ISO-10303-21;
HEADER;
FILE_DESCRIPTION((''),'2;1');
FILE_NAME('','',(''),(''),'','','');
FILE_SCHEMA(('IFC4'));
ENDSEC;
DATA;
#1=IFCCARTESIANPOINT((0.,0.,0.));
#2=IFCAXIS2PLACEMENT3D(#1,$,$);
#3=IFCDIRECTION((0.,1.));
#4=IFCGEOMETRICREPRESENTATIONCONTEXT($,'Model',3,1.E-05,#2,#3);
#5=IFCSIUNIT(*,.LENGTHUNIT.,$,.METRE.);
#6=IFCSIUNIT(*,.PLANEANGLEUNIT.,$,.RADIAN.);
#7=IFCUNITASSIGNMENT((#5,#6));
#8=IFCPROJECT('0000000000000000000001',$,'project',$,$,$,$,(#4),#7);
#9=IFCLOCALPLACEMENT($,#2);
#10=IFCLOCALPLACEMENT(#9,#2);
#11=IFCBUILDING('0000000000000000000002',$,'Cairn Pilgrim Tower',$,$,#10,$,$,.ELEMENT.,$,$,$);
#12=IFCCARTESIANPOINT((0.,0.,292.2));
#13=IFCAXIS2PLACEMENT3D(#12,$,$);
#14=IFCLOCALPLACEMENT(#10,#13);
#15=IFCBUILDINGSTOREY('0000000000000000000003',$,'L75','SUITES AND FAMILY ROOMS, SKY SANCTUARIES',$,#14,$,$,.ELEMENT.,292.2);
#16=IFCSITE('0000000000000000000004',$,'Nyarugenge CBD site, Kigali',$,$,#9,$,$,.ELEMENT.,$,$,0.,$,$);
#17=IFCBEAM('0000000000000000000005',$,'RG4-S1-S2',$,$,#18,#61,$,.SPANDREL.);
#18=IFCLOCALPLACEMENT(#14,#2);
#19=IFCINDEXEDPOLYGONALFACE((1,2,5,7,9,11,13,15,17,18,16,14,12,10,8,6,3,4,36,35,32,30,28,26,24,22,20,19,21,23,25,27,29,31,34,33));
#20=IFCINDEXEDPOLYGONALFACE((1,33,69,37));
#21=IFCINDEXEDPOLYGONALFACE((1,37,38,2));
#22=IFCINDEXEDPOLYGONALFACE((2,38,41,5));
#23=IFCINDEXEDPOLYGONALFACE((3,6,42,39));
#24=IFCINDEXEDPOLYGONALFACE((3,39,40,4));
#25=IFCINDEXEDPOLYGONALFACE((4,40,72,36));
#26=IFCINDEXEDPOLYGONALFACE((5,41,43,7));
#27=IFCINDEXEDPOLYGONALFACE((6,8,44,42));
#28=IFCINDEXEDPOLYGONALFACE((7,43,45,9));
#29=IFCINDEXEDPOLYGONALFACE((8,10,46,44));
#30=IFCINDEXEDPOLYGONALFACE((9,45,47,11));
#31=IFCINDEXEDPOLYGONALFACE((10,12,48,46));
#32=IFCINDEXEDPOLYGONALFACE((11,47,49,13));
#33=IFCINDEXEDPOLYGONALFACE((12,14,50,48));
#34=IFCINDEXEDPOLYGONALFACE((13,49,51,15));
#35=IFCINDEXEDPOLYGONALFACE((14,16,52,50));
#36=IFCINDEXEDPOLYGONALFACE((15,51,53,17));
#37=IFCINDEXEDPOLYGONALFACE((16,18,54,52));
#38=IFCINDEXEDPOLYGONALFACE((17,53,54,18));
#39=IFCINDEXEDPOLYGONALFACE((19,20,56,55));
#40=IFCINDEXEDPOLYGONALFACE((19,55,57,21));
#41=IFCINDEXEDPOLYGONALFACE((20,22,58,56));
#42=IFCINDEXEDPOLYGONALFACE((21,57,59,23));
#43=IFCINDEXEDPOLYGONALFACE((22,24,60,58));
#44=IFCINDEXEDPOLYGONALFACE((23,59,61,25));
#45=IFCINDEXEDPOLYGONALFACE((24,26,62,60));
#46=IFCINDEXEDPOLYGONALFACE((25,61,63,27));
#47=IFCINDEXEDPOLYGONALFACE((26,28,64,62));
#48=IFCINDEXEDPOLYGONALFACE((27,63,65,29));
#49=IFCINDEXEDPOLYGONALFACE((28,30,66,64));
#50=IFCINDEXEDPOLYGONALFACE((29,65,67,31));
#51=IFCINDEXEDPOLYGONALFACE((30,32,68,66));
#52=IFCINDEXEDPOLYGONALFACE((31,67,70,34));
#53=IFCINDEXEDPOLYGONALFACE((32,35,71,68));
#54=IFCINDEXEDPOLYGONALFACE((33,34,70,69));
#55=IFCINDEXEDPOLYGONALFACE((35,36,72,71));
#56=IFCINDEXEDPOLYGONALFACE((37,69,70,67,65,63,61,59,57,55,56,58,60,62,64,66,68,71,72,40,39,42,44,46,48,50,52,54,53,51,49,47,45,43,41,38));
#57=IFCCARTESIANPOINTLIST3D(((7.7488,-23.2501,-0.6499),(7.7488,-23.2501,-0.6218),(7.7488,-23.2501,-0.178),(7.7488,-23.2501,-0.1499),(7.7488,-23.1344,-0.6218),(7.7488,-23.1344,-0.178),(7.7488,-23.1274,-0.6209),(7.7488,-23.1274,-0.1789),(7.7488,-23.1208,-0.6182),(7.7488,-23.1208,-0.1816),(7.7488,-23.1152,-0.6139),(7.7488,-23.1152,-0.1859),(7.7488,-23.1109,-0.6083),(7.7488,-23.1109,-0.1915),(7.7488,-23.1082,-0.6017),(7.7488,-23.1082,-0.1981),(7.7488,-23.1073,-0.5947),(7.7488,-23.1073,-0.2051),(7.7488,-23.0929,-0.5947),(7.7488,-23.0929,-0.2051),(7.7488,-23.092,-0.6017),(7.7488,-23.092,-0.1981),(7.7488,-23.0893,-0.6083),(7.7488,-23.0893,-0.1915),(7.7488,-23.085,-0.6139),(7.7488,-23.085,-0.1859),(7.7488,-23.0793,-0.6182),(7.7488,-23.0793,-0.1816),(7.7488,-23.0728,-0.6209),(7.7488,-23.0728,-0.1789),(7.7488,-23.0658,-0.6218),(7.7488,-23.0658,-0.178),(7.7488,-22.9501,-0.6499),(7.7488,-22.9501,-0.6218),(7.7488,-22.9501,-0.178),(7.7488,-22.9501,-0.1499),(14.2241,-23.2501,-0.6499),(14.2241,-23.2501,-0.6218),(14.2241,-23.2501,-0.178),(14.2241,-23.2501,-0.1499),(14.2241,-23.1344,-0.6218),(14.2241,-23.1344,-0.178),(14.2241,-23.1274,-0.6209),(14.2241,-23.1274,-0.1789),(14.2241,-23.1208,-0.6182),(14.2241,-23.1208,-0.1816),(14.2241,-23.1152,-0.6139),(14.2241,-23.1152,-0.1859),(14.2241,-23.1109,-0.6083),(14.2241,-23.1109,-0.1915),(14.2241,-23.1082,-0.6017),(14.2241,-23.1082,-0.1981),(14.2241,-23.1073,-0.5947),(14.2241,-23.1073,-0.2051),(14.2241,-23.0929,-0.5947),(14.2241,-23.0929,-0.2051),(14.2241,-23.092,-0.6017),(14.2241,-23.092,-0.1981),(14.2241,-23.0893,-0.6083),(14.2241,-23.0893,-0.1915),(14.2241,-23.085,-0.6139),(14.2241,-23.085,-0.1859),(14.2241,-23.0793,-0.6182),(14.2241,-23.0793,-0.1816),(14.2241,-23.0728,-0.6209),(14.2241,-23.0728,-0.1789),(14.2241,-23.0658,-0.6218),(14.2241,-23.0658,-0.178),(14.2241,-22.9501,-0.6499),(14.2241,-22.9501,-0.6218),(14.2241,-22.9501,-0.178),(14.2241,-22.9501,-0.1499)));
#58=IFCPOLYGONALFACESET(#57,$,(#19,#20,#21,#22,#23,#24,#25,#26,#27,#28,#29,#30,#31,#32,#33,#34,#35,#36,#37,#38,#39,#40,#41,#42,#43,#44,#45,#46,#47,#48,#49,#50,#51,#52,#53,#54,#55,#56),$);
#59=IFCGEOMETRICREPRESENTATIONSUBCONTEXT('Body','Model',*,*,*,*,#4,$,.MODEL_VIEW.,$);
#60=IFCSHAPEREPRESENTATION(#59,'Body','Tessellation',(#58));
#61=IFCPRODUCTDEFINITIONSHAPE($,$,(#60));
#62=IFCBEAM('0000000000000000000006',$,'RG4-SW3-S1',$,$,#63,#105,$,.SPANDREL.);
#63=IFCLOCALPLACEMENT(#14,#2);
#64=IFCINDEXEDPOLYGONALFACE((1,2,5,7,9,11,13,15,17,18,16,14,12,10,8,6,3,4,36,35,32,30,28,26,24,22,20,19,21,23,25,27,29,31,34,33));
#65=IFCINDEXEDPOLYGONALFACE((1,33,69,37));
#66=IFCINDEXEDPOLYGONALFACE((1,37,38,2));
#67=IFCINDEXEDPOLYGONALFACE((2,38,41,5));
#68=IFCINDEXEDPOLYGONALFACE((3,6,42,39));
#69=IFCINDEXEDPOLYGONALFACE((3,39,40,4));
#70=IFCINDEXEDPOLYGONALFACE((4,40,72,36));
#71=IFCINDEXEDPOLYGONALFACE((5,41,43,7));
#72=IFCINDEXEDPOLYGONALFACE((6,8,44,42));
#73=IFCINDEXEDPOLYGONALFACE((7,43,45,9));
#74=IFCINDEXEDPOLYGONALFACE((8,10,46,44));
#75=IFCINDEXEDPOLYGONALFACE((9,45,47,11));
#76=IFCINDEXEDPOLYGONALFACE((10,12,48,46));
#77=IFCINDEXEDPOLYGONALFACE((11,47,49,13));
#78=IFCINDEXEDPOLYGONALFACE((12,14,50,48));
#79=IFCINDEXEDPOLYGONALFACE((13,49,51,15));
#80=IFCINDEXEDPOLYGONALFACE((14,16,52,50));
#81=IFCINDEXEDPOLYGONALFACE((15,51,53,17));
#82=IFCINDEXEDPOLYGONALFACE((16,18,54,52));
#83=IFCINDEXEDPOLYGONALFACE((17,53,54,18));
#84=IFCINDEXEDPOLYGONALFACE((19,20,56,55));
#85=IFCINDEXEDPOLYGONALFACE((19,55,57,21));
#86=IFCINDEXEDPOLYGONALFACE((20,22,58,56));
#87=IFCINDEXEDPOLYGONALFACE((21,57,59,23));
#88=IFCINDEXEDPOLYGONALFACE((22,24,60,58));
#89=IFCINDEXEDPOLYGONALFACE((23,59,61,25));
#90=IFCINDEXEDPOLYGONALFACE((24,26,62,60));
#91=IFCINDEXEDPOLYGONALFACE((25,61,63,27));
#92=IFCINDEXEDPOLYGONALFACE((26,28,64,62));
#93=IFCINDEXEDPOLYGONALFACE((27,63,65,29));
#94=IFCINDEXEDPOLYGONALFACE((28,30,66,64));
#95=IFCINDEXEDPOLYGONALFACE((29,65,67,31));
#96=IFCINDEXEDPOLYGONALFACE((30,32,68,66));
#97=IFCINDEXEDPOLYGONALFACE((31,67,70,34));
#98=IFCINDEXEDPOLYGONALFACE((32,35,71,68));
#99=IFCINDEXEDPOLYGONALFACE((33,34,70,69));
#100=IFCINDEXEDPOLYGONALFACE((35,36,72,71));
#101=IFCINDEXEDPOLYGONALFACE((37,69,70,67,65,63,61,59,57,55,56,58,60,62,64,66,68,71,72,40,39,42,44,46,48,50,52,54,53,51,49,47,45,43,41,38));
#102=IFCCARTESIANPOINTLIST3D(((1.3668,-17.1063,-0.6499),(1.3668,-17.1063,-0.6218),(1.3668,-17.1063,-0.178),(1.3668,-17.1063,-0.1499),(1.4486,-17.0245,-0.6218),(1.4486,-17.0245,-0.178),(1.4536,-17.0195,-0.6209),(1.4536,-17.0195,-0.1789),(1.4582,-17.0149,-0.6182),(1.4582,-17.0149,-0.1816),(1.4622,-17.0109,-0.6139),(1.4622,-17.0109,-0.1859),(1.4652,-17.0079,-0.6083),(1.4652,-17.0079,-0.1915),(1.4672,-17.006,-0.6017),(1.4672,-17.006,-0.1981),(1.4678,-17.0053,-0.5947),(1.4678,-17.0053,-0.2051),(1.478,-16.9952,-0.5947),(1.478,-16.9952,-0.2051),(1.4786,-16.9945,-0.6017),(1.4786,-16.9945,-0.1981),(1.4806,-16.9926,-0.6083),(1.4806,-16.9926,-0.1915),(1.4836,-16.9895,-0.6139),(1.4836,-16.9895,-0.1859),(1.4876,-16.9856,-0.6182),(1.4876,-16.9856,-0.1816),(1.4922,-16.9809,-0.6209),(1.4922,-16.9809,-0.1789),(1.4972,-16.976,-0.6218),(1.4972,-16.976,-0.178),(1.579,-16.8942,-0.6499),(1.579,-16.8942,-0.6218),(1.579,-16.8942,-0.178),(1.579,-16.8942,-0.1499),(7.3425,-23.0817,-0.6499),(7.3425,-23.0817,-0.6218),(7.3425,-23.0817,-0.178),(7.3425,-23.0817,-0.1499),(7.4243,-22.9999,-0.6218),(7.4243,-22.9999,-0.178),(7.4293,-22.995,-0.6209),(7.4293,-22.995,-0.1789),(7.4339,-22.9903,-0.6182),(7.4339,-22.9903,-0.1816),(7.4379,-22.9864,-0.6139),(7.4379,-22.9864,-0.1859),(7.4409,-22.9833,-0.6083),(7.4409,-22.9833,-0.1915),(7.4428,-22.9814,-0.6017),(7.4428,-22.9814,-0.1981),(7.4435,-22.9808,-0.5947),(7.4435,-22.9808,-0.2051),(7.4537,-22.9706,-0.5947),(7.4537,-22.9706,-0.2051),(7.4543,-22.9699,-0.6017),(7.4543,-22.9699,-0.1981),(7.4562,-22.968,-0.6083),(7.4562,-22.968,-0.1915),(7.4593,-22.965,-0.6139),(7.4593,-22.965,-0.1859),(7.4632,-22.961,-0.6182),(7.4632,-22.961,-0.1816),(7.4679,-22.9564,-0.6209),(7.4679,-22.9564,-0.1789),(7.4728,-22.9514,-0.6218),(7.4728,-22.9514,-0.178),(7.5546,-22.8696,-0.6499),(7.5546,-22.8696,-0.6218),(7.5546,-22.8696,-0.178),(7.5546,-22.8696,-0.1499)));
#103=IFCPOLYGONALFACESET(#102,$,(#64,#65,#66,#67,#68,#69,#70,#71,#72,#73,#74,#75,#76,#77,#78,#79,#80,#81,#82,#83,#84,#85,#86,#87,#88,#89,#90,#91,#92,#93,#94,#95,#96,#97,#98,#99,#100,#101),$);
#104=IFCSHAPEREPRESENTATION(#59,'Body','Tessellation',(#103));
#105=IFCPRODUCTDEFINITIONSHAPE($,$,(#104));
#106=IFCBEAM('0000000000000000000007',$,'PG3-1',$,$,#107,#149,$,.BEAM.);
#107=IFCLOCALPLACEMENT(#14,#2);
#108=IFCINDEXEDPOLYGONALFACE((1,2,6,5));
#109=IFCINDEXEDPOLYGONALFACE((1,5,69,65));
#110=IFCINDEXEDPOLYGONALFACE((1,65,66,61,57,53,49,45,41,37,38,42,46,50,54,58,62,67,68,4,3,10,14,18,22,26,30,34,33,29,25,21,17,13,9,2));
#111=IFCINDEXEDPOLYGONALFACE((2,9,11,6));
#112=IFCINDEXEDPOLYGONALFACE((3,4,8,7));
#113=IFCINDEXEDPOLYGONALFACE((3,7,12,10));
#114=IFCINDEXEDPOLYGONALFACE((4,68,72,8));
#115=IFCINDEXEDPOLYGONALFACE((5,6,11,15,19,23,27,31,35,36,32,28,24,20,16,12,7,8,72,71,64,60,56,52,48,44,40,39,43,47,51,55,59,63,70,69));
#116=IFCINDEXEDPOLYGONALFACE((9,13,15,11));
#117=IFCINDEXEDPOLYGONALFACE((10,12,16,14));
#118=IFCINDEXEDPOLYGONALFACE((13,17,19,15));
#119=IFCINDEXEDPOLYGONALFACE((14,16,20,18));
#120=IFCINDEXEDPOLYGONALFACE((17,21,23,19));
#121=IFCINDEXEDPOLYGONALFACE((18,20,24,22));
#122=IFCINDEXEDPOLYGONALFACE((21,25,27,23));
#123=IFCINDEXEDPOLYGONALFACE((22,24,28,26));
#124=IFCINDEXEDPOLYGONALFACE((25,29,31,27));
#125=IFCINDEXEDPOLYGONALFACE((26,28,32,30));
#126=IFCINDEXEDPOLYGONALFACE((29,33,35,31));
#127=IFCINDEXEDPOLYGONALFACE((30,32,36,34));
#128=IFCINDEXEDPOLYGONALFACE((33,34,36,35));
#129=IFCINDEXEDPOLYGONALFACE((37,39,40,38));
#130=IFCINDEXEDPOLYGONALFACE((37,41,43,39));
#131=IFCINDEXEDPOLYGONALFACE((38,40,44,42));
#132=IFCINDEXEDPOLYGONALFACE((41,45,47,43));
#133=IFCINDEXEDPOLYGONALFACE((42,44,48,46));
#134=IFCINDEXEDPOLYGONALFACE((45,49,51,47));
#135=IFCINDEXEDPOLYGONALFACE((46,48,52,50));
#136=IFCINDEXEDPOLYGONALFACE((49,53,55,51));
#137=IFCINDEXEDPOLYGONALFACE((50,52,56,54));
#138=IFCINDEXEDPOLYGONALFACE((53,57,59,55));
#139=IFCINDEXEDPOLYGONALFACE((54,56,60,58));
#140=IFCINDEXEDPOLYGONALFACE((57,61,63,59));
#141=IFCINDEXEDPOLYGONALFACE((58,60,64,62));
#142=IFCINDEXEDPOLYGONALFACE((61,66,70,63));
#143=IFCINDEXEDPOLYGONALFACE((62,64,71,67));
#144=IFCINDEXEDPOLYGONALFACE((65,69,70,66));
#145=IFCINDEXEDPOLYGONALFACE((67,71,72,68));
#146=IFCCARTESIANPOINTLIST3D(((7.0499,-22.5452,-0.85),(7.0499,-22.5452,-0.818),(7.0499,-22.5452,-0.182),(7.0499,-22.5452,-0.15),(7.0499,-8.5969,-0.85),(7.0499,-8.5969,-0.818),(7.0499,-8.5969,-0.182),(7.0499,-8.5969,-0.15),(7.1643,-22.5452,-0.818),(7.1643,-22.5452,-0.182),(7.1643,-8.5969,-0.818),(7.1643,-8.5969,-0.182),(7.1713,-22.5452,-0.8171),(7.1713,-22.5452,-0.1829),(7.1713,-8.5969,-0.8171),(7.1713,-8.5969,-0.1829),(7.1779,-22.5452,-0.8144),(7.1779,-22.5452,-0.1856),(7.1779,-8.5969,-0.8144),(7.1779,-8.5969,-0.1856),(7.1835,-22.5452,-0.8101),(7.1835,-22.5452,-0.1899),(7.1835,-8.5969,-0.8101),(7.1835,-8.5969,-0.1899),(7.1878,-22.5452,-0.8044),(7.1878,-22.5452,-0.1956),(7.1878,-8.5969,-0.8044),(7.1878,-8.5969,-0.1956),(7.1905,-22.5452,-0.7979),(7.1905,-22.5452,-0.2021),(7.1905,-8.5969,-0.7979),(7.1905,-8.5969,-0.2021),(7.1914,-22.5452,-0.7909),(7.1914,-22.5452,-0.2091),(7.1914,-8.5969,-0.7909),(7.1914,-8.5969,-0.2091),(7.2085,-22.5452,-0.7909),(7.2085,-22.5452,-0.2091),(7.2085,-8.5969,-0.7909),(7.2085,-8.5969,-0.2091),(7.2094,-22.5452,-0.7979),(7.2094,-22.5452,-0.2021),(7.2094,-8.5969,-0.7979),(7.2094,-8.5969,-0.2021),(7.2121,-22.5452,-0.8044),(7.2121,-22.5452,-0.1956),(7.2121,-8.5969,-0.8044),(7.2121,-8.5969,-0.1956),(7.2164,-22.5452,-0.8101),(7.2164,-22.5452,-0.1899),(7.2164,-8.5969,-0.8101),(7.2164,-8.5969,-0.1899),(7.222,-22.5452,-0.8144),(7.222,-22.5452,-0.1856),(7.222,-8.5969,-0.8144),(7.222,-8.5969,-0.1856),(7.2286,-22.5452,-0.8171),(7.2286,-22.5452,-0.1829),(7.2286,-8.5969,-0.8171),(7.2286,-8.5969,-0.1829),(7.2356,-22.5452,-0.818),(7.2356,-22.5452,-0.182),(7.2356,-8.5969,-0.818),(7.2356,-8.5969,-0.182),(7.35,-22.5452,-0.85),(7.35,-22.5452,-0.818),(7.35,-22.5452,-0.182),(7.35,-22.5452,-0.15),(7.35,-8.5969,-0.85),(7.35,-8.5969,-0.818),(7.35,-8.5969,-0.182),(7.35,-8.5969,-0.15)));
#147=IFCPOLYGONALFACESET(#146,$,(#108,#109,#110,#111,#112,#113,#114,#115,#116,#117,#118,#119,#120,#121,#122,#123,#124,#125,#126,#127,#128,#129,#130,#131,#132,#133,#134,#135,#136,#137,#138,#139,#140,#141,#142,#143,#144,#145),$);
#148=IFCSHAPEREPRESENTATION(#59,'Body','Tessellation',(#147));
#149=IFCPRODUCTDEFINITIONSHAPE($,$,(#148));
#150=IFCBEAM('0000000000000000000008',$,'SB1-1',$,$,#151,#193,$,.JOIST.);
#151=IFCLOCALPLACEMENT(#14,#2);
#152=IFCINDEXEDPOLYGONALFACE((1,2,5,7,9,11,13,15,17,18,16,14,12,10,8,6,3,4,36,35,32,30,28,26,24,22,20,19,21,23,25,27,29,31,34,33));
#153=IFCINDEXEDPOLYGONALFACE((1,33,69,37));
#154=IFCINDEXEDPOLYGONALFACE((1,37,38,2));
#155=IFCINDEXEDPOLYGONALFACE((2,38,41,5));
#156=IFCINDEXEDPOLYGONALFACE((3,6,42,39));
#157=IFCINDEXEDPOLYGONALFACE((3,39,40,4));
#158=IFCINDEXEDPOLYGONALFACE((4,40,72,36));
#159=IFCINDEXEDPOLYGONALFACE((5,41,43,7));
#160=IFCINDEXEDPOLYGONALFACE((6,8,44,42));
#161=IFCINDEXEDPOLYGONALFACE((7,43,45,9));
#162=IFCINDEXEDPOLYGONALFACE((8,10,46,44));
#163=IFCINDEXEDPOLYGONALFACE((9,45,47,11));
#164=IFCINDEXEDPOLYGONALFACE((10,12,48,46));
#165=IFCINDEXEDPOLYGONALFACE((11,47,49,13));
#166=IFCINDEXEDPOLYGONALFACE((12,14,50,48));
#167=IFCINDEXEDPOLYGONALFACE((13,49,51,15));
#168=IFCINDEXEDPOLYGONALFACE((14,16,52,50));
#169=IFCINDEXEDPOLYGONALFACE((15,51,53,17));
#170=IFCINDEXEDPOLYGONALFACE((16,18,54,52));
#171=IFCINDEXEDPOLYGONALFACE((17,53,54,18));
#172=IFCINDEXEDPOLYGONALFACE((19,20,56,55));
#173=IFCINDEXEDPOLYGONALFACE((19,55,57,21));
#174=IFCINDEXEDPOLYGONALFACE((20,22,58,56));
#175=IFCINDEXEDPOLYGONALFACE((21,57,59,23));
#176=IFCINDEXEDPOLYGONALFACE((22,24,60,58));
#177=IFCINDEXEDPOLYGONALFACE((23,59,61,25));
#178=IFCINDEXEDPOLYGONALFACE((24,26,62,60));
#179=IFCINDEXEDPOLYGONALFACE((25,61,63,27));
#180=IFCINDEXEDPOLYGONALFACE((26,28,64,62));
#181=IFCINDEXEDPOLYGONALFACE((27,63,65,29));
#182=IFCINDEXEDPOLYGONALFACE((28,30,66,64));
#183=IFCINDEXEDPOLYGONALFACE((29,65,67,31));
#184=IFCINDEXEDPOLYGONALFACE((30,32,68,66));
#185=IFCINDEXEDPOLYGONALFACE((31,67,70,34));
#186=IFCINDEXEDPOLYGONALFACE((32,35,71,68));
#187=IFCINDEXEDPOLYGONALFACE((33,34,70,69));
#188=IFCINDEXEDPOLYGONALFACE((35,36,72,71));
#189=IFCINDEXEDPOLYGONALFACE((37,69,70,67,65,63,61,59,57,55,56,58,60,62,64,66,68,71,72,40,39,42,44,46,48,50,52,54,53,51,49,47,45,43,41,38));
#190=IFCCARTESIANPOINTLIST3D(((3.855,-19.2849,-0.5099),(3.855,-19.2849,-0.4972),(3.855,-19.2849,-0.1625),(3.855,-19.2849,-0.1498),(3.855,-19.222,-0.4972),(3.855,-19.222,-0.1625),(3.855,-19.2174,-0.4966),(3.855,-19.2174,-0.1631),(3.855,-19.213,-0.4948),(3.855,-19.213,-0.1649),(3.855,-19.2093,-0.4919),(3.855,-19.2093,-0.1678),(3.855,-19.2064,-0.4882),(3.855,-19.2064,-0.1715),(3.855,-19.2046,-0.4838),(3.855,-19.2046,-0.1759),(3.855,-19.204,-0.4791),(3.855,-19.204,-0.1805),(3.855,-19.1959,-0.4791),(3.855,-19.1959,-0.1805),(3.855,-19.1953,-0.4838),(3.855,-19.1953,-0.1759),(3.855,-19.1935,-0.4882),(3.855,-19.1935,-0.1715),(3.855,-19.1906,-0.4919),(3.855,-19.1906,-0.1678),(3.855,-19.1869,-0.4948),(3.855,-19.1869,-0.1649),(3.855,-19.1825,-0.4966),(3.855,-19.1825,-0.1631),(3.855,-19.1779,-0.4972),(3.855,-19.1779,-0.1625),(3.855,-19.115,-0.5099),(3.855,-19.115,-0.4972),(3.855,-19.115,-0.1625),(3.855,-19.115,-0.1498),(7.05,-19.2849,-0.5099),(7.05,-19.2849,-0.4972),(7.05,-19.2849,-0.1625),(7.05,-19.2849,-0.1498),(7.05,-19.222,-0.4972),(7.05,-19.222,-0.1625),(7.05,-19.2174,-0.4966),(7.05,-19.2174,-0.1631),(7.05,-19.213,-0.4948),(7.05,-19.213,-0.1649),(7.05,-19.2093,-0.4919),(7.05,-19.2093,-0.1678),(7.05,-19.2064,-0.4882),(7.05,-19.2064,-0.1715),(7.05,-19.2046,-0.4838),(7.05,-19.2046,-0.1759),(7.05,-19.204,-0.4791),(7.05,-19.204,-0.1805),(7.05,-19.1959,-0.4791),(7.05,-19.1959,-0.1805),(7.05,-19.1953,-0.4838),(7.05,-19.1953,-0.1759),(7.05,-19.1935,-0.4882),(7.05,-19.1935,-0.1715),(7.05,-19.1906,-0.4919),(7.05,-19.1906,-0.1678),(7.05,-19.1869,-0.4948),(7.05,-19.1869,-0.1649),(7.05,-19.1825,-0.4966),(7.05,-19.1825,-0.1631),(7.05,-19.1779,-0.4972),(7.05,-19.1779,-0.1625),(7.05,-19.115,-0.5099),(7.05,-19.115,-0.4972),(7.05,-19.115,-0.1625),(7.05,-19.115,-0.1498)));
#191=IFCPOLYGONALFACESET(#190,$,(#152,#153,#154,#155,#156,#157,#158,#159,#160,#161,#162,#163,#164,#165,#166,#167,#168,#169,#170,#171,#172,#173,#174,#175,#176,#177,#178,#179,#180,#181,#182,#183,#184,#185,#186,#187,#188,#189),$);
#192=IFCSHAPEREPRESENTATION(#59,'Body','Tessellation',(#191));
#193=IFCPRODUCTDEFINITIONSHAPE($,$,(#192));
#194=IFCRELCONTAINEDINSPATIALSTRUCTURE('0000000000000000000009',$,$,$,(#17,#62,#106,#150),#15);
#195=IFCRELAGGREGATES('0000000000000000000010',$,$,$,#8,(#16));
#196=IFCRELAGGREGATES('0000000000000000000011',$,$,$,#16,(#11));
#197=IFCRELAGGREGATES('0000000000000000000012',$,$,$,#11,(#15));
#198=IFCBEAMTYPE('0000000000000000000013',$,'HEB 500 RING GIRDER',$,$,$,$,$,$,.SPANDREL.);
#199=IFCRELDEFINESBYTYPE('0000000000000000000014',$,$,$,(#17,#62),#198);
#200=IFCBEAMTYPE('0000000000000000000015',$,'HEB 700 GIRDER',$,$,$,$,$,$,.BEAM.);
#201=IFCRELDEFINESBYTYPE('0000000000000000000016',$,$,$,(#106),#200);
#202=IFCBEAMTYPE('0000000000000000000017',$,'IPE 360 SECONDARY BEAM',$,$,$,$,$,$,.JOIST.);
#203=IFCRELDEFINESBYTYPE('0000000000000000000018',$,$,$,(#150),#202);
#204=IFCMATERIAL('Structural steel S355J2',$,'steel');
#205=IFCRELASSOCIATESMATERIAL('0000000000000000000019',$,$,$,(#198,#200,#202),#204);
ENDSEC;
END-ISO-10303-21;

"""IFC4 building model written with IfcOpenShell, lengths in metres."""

from ifc_helpers import new_model, si_unit, direction, frame, origin, origin_2d, place, context, subcontext, project, spatial, i_section, extrude, material, material_profile, profile_set, type_object, element, save


model = new_model("IFC4")

# Units and contexts
model_context = context("Model", 3, precision=1e-05, world=origin(), true_north=direction((0.0, 1.0)))
body_context = subcontext(model_context, "Body", "Model", "MODEL_VIEW")
ifc_project = project(units=[si_unit("LENGTHUNIT", "METRE"), si_unit("PLANEANGLEUNIT", "RADIAN")], contexts=[model_context])

# Site, building, storey
site_placement = place(None, origin())
site = spatial("IfcSite", under=ifc_project, at=site_placement, Name="Nyarugenge CBD site, Kigali", CompositionType="ELEMENT", RefElevation=0.0)
building_placement = place(site_placement, origin())
building = spatial("IfcBuilding", under=site, at=building_placement, Name="Cairn Pilgrim Tower", CompositionType="ELEMENT")
storey_placement = place(building_placement, frame((0.0, 0.0, 292.2)))
storey = spatial("IfcBuildingStorey", under=building, at=storey_placement, Name="L75", Description="SUITES AND FAMILY ROOMS, SKY SANCTUARIES", CompositionType="ELEMENT", Elevation=292.2)

# Shared definitions
ifc_material_1 = material(Name="Structural steel S355J2", Category="steel")

# Beams
ifc_material_profile_1 = material_profile(ifc_material_1, i_section(OverallWidth=0.3, OverallDepth=0.5, WebThickness=0.0144, FlangeThickness=0.0281, FilletRadius=0.0271, at=origin_2d()), Name="HEB 500")
ifc_profile_set_1 = profile_set([ifc_material_profile_1], Name="Structural steel S355J2")
beam_type_1 = type_object("IfcBeamType", Name="HEB 500 RING GIRDER", PredefinedType="SPANDREL", material=ifc_profile_set_1)
beam_1_placement = place(storey_placement, frame((7.7488, -23.1001, -0.3999), z_axis=(1.0, 0.0, 0.0), x_axis=(0.0, 1.0, 0.0)))
element("IfcBeam", 1, at=beam_1_placement, inside=storey, type_object=beam_type_1, Name="RG4-S1-S2", PredefinedType="SPANDREL", context=body_context, shape_type="SweptSolid", body=[
    extrude(i_section(OverallWidth=0.3, OverallDepth=0.5, WebThickness=0.0144, FlangeThickness=0.0281, FilletRadius=0.0271, at=origin_2d()), origin(), (0.0, 0.0, 1.0), 6.4753),
])
beam_2_placement = place(storey_placement, frame((1.4729, -17.0002, -0.3999), z_axis=(0.707121, -0.707092, 0.0), x_axis=(0.707092, 0.707121, 0.0)))
element("IfcBeam", 2, at=beam_2_placement, inside=storey, type_object=beam_type_1, Name="RG4-SW3-S1", PredefinedType="SPANDREL", context=body_context, shape_type="SweptSolid", body=[
    extrude(i_section(OverallWidth=0.3, OverallDepth=0.5, WebThickness=0.0144, FlangeThickness=0.0281, FilletRadius=0.0271, at=origin_2d()), origin(), (0.0, 0.0, 1.0), 8.4507),
])
ifc_material_profile_2 = material_profile(ifc_material_1, i_section(OverallWidth=0.3, OverallDepth=0.7, WebThickness=0.0171, FlangeThickness=0.032, FilletRadius=0.0271, at=origin_2d()), Name="HEB 700")
ifc_profile_set_2 = profile_set([ifc_material_profile_2], Name="Structural steel S355J2")
beam_type_2 = type_object("IfcBeamType", Name="HEB 700 GIRDER", PredefinedType="BEAM", material=ifc_profile_set_2)
beam_3_placement = place(storey_placement, frame((7.2, -22.5452, -0.5), z_axis=(0.0, 1.0, 0.0), x_axis=(-1.0, 0.0, 0.0)))
element("IfcBeam", 3, at=beam_3_placement, inside=storey, type_object=beam_type_2, Name="PG3-1", PredefinedType="BEAM", context=body_context, shape_type="SweptSolid", body=[
    extrude(i_section(OverallWidth=0.3, OverallDepth=0.7, WebThickness=0.0171, FlangeThickness=0.032, FilletRadius=0.0271, at=origin_2d()), origin(), (0.0, 0.0, 1.0), 13.9482),
])
ifc_material_profile_3 = material_profile(ifc_material_1, i_section(OverallWidth=0.1699, OverallDepth=0.3601, WebThickness=0.0081, FlangeThickness=0.0127, FilletRadius=0.0181, at=origin_2d()), Name="IPE 360")
ifc_profile_set_3 = profile_set([ifc_material_profile_3], Name="Structural steel S355J2")
beam_type_3 = type_object("IfcBeamType", Name="IPE 360 SECONDARY BEAM", PredefinedType="JOIST", material=ifc_profile_set_3)
beam_4_placement = place(storey_placement, frame((3.855, -19.2, -0.3298), z_axis=(1.0, 0.0, 0.0), x_axis=(0.0, 1.0, 0.0)))
element("IfcBeam", 4, at=beam_4_placement, inside=storey, type_object=beam_type_3, Name="SB1-1", PredefinedType="JOIST", context=body_context, shape_type="SweptSolid", body=[
    extrude(i_section(OverallWidth=0.1699, OverallDepth=0.3601, WebThickness=0.0081, FlangeThickness=0.0127, FilletRadius=0.0181, at=origin_2d()), origin(), (0.0, 0.0, 1.0), 3.1951),
])

save(model, "model.ifc")
